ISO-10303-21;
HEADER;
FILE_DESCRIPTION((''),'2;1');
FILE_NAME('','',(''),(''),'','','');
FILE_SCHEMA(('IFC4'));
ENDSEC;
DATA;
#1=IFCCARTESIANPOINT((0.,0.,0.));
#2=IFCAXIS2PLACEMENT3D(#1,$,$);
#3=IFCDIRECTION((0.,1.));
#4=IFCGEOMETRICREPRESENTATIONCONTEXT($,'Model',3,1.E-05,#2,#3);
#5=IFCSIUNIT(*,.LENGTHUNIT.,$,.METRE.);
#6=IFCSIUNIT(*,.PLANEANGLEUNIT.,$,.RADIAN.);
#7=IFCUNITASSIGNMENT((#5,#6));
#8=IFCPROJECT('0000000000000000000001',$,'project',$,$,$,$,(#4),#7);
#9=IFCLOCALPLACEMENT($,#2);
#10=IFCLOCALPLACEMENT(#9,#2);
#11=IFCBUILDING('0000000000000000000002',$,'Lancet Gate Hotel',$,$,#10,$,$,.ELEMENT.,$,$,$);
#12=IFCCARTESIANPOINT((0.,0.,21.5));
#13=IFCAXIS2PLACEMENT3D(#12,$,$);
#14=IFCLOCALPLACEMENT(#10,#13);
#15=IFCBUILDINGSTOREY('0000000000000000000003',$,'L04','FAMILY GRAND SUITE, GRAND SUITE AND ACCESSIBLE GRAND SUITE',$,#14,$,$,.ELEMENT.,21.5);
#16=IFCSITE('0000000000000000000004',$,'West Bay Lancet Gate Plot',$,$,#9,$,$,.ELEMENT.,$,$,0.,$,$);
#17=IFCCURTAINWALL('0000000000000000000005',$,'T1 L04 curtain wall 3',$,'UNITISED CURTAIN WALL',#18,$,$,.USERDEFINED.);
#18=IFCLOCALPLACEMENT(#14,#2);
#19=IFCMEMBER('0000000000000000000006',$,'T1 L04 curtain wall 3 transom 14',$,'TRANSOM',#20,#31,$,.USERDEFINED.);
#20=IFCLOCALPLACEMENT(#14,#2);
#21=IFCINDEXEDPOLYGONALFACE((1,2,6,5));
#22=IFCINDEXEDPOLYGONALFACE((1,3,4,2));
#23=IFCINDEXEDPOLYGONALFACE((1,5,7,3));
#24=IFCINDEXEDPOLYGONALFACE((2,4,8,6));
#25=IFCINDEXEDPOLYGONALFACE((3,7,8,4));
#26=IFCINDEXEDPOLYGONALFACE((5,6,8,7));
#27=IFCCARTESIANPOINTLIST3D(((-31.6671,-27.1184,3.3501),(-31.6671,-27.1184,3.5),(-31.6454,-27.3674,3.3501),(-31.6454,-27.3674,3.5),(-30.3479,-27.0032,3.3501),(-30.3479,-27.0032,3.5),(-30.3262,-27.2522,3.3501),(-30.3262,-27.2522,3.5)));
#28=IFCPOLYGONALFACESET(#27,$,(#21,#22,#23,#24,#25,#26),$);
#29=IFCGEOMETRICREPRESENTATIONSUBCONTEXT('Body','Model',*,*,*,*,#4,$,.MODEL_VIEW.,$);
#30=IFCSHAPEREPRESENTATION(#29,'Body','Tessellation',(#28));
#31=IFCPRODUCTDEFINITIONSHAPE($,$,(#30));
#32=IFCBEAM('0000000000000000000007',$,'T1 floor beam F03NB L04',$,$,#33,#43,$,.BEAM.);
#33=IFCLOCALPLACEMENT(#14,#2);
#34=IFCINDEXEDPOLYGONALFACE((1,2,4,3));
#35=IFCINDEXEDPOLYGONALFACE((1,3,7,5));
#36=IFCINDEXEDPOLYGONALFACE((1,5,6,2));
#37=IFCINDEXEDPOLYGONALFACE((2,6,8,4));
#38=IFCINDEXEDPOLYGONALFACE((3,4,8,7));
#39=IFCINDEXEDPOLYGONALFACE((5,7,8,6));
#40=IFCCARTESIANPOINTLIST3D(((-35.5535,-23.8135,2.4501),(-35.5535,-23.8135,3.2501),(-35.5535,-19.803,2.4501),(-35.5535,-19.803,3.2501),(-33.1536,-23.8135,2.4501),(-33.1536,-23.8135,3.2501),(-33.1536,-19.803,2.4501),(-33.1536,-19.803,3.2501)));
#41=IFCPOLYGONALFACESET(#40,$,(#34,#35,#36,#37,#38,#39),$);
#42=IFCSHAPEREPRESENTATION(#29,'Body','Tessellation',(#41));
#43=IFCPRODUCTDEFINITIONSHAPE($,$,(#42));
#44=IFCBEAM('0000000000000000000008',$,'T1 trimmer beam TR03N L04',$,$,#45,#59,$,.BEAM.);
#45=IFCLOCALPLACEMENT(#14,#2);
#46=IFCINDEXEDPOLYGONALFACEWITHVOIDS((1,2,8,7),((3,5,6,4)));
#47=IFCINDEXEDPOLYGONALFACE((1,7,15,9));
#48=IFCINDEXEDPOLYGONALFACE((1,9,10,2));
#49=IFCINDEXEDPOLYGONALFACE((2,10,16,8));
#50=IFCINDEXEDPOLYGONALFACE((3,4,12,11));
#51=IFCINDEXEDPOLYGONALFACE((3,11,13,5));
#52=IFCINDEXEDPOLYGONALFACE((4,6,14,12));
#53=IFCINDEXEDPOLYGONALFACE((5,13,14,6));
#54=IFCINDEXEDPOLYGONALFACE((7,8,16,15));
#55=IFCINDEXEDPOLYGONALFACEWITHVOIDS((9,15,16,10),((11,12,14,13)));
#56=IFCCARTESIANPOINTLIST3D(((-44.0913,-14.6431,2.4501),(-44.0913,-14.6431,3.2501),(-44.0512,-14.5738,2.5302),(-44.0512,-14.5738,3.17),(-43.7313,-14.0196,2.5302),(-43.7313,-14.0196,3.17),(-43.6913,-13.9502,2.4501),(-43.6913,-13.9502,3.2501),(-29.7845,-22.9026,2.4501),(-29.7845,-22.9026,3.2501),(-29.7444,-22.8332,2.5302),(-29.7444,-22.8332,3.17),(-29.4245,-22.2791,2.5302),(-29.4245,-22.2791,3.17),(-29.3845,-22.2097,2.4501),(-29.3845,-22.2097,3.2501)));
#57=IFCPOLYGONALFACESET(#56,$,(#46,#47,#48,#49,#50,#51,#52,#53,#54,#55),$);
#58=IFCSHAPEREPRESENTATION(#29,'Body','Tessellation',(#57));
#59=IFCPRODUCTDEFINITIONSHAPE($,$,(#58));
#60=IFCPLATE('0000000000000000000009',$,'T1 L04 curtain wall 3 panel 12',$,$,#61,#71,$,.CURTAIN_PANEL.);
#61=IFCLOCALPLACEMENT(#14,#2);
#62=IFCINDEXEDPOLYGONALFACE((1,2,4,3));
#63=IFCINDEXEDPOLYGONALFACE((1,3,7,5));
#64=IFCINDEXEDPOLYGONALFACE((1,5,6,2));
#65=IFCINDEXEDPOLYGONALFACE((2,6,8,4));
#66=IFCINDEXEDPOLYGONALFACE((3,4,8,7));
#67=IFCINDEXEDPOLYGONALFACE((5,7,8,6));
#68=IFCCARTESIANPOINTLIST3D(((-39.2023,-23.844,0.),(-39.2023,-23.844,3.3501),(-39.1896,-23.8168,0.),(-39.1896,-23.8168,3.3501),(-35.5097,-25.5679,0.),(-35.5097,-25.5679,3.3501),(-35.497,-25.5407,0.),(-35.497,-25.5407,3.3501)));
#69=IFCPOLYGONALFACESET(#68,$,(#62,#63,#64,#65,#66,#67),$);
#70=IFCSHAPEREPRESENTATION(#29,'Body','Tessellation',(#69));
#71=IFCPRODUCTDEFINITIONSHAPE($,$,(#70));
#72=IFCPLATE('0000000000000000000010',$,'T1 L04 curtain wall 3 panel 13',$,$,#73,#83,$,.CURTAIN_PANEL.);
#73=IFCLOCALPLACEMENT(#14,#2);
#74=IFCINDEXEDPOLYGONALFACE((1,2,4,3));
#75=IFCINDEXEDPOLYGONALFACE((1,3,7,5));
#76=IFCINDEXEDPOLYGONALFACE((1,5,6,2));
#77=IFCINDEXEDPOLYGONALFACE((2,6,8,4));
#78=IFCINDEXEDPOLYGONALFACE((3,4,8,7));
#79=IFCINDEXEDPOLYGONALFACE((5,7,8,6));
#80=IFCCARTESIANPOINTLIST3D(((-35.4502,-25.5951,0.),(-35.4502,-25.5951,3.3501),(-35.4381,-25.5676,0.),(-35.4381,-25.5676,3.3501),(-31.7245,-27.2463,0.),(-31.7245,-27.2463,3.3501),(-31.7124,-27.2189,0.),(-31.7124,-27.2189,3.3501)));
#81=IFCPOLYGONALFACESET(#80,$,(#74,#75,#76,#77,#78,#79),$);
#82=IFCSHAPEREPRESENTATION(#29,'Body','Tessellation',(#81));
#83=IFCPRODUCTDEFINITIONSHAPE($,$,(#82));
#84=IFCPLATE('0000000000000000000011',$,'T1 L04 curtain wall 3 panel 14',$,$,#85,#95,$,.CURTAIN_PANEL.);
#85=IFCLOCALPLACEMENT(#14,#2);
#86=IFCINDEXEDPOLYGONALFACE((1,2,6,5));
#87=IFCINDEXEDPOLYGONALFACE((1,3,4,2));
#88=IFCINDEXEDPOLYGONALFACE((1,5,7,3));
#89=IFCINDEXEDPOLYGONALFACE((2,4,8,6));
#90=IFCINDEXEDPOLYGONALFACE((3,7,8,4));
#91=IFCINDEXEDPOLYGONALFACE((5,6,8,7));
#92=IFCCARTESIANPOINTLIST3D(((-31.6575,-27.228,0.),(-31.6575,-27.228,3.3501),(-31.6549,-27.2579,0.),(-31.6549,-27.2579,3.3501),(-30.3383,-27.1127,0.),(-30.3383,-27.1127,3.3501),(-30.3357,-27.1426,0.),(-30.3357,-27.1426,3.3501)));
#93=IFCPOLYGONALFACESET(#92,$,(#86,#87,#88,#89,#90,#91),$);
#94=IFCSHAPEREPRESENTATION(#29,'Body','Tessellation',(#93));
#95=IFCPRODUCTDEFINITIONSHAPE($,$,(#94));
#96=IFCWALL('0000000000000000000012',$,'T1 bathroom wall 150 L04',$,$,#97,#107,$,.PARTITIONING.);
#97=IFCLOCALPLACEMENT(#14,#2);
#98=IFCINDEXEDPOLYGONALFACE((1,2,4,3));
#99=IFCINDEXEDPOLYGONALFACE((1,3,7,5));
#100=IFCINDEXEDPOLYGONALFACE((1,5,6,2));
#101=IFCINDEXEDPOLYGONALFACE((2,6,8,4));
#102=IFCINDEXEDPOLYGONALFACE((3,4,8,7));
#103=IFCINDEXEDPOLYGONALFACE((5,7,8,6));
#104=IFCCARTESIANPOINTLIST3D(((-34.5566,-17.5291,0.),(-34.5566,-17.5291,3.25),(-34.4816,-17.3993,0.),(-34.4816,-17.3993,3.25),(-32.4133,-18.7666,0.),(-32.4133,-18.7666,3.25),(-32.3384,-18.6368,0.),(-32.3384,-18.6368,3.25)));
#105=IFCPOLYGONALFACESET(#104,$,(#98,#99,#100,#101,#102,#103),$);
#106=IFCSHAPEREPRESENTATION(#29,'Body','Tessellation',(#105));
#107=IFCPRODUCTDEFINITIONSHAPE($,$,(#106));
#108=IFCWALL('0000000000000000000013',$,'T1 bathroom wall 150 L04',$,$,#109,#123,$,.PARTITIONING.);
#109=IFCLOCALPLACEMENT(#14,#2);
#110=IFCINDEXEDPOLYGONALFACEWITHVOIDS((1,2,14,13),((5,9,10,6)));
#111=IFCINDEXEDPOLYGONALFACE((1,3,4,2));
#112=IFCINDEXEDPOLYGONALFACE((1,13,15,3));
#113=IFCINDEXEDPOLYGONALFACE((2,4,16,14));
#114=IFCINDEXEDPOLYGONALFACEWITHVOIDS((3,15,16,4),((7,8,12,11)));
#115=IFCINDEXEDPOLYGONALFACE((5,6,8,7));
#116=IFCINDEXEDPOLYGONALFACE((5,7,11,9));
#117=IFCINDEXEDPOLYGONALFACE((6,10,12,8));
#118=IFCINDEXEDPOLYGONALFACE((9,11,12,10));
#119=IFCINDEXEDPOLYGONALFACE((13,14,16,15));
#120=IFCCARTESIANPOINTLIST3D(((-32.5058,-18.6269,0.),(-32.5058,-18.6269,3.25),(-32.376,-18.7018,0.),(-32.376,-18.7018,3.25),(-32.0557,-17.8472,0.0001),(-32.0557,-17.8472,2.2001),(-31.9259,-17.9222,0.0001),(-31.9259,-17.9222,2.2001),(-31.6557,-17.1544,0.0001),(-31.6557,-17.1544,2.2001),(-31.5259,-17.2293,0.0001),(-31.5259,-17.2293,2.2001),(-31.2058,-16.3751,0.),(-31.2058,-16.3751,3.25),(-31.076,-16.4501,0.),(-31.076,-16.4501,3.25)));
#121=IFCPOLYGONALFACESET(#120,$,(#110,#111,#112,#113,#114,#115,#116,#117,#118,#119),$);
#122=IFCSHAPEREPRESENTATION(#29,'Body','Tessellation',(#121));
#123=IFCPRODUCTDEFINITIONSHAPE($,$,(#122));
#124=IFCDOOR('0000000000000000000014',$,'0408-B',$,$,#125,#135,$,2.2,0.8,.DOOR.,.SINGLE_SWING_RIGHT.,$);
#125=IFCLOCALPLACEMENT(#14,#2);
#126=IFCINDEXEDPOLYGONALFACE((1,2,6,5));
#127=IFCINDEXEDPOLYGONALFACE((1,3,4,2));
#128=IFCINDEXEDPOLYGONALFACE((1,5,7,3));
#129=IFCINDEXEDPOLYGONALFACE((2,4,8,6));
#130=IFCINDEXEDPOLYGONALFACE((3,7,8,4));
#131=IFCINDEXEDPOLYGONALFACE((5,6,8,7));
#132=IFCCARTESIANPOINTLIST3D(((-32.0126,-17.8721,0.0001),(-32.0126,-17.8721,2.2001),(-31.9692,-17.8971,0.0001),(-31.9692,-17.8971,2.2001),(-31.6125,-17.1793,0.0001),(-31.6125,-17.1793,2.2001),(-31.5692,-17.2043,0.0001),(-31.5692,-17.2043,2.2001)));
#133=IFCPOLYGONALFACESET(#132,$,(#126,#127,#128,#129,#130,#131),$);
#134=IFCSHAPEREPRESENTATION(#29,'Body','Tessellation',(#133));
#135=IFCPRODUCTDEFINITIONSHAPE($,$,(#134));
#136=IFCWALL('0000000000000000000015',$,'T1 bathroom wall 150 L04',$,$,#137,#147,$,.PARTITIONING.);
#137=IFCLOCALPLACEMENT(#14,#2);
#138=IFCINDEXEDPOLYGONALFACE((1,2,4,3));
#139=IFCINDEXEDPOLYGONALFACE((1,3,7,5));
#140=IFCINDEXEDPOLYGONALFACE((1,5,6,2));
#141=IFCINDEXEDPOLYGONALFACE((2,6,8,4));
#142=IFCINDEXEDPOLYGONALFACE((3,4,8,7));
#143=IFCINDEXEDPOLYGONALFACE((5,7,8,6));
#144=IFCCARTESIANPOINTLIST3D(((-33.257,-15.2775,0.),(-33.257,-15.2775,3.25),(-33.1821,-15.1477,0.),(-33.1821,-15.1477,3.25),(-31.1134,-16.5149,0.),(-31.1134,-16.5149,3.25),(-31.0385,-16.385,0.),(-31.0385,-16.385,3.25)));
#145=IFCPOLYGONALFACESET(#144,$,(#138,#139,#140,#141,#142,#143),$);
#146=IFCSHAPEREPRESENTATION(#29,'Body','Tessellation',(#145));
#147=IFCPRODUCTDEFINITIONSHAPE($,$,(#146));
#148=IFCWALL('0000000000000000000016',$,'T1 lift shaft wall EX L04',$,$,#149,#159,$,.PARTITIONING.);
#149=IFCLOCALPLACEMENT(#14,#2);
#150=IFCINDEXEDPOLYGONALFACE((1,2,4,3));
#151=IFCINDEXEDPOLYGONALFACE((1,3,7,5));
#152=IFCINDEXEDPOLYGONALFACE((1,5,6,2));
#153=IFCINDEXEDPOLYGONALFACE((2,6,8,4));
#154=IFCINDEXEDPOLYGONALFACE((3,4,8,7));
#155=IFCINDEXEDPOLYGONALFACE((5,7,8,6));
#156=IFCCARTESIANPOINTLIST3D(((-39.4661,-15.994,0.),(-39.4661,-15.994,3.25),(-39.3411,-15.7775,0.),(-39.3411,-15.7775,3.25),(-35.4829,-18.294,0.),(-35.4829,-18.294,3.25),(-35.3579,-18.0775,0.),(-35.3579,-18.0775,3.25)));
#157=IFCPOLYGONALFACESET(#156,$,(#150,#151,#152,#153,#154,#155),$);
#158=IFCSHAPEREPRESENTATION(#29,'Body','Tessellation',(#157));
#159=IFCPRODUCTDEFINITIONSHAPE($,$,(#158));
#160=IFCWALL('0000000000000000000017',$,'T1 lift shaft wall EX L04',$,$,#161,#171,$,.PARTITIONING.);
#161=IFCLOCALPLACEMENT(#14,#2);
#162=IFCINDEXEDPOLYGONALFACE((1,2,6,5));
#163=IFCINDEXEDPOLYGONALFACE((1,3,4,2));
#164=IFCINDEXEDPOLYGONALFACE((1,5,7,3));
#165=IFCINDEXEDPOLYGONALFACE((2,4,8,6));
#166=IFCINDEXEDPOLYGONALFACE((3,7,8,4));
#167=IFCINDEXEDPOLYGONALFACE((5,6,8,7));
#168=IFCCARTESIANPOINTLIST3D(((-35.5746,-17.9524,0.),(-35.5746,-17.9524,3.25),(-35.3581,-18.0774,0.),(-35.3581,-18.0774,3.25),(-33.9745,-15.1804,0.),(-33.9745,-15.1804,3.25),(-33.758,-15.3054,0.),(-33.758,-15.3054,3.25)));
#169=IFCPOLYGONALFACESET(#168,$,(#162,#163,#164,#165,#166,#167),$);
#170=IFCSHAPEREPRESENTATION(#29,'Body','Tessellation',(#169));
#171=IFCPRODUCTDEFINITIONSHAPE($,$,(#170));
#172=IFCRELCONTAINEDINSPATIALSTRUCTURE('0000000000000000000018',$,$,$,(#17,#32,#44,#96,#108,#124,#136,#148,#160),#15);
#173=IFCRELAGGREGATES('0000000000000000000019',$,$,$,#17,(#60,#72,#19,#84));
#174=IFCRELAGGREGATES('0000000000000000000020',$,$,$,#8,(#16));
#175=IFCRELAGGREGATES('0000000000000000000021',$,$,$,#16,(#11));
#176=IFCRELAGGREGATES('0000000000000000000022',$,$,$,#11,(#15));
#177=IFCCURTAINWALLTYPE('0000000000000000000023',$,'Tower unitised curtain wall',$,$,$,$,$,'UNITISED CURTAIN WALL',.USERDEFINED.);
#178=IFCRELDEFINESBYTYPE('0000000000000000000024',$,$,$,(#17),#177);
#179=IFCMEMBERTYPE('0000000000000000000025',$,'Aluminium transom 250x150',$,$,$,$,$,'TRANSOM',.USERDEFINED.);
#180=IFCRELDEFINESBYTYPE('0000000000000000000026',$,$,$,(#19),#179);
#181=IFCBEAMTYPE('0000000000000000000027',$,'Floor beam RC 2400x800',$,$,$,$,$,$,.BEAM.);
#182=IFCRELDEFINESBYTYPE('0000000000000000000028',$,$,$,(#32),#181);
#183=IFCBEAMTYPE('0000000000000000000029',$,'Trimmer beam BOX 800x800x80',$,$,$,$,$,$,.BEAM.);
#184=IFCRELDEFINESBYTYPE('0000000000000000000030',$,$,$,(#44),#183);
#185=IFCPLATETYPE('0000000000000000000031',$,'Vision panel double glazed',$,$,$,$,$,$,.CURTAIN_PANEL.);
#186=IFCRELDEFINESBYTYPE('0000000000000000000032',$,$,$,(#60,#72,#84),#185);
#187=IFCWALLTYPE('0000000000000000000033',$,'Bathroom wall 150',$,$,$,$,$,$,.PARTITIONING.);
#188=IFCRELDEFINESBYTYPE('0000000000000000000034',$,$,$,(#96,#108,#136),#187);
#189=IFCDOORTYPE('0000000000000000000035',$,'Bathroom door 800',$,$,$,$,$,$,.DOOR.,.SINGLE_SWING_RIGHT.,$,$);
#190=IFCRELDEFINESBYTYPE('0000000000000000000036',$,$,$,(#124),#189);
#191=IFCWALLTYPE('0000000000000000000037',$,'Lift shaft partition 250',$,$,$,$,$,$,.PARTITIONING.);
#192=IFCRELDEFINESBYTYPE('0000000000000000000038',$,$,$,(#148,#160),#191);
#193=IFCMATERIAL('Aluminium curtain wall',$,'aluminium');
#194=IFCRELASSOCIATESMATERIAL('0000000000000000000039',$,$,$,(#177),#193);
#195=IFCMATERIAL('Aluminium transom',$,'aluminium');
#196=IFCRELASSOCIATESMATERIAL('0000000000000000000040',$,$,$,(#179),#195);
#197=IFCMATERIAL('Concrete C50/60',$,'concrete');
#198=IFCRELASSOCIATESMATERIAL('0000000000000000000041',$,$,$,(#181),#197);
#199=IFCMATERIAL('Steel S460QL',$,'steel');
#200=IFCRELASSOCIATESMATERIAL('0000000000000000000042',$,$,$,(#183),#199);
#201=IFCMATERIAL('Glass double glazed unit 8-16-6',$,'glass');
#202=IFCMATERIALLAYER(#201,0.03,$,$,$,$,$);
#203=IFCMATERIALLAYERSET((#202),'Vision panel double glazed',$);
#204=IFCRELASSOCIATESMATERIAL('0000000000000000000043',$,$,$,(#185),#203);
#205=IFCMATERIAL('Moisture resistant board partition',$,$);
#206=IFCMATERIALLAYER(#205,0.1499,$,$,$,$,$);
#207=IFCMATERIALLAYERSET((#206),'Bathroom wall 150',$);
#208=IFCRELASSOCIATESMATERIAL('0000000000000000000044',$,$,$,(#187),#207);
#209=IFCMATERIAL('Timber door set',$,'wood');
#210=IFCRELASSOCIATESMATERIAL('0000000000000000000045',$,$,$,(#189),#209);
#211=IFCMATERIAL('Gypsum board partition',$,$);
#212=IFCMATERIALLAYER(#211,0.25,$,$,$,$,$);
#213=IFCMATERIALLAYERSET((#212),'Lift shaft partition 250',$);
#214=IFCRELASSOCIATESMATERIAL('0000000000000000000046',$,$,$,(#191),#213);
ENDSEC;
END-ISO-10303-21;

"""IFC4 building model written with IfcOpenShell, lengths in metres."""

from ifc_helpers import new_model, si_unit, direction, frame, frame_2d, origin, origin_2d, place, context, subcontext, project, spatial, rectangle, hollow_rectangle, extrude, material, layer, layer_set, material_profile, profile_set, type_object, element, fill, aggregate, save


model = new_model("IFC4")

# Units and contexts
model_context = context("Model", 3, precision=1e-05, world=origin(), true_north=direction((0.0, 1.0)))
body_context = subcontext(model_context, "Body", "Model", "MODEL_VIEW")
ifc_project = project(units=[si_unit("LENGTHUNIT", "METRE"), si_unit("PLANEANGLEUNIT", "RADIAN")], contexts=[model_context])

# Site, building, storey
site_placement = place(None, origin())
site = spatial("IfcSite", under=ifc_project, at=site_placement, Name="West Bay Lancet Gate Plot", CompositionType="ELEMENT", RefElevation=0.0)
building_placement = place(site_placement, origin())
building = spatial("IfcBuilding", under=site, at=building_placement, Name="Lancet Gate Hotel", CompositionType="ELEMENT")
storey_placement = place(building_placement, frame((0.0, 0.0, 21.5)))
storey = spatial("IfcBuildingStorey", under=building, at=storey_placement, Name="L04", Description="FAMILY GRAND SUITE, GRAND SUITE AND ACCESSIBLE GRAND SUITE", CompositionType="ELEMENT", Elevation=21.5)

# Curtain wall, member
ifc_material_1 = material(Name="Aluminium curtain wall", Category="aluminium")
curtain_wall_type = type_object("IfcCurtainWallType", Name="Tower unitised curtain wall", ElementType="UNITISED CURTAIN WALL", PredefinedType="USERDEFINED", material=ifc_material_1)
curtain_wall_placement = place(storey_placement, origin())
curtain_wall = element("IfcCurtainWall", 1, at=curtain_wall_placement, inside=storey, type_object=curtain_wall_type, Name="T1 L04 curtain wall 3", ObjectType="UNITISED CURTAIN WALL", PredefinedType="USERDEFINED")
ifc_material_2 = material(Name="Aluminium transom", Category="aluminium")
ifc_material_profile_1 = material_profile(ifc_material_2, rectangle(XDim=0.25, YDim=0.1499, at=origin_2d()), Name="TRANSOM 250x150")
ifc_profile_set_1 = profile_set([ifc_material_profile_1], Name="Aluminium transom")
member_type_1 = type_object("IfcMemberType", Name="Aluminium transom 250x150", ElementType="TRANSOM", PredefinedType="USERDEFINED", material=ifc_profile_set_1)
member_1_placement = place(storey_placement, frame((-31.6562, -27.2429, 3.425), z_axis=(0.996206, 0.087027, 0.0), x_axis=(-0.087027, 0.996206, 0.0)))
member_1 = element("IfcMember", 2, at=member_1_placement, type_object=member_type_1, Name="T1 L04 curtain wall 3 transom 14", ObjectType="TRANSOM", PredefinedType="USERDEFINED", context=body_context, shape_type="SweptSolid", body=[
    extrude(rectangle(XDim=0.25, YDim=0.1499, at=origin_2d()), origin(), (0.0, 0.0, 1.0), 1.3242),
])

# Beams
ifc_material_3 = material(Name="Concrete C50/60", Category="concrete")
ifc_material_profile_2 = material_profile(ifc_material_3, rectangle(XDim=2.3999, YDim=0.8, at=origin_2d()), Name="RC 2400x800")
ifc_profile_set_2 = profile_set([ifc_material_profile_2], Name="Concrete C50/60")
beam_type_1 = type_object("IfcBeamType", Name="Floor beam RC 2400x800", PredefinedType="BEAM", material=ifc_profile_set_2)
beam_1_placement = place(storey_placement, frame((-34.3535, -19.803, 2.8501), z_axis=(0.0, -1.0, 0.0), x_axis=(1.0, 0.0, 0.0)))
element("IfcBeam", 3, at=beam_1_placement, inside=storey, type_object=beam_type_1, Name="T1 floor beam F03NB L04", PredefinedType="BEAM", context=body_context, shape_type="SweptSolid", body=[
    extrude(rectangle(XDim=2.3999, YDim=0.8, at=origin_2d()), origin(), (0.0, 0.0, 1.0), 4.0105),
])
ifc_material_4 = material(Name="Steel S460QL", Category="steel")
ifc_material_profile_3 = material_profile(ifc_material_4, hollow_rectangle(XDim=0.8, YDim=0.8, WallThickness=0.0801, at=origin_2d()), Name="BOX 800x800x80")
ifc_profile_set_3 = profile_set([ifc_material_profile_3], Name="Steel S460QL")
beam_type_2 = type_object("IfcBeamType", Name="Trimmer beam BOX 800x800x80", PredefinedType="BEAM", material=ifc_profile_set_3)
beam_2_placement = place(storey_placement, frame((-29.5845, -22.5562, 2.8501), z_axis=(-0.86604, 0.499974, 0.0), x_axis=(-0.499974, -0.86604, 0.0)))
element("IfcBeam", 4, at=beam_2_placement, inside=storey, type_object=beam_type_2, Name="T1 trimmer beam TR03N L04", PredefinedType="BEAM", context=body_context, shape_type="SweptSolid", body=[
    extrude(hollow_rectangle(XDim=0.8, YDim=0.8, WallThickness=0.0801, at=origin_2d()), origin(), (0.0, 0.0, 1.0), 16.5198),
])

# Plates
ifc_material_5 = material(Name="Glass double glazed unit 8-16-6", Category="glass")
ifc_layer_1 = layer(ifc_material_5, 0.03)
ifc_layer_set_1 = layer_set([ifc_layer_1], Name="Vision panel double glazed")
plate_type = type_object("IfcPlateType", Name="Vision panel double glazed", PredefinedType="CURTAIN_PANEL", material=ifc_layer_set_1)
plate_1_placement = place(storey_placement, frame((-37.3496, -24.6924, 0.0), z_axis=(0.0, 0.0, 1.0), x_axis=(0.906118, -0.423026, 0.0)))
plate_1 = element("IfcPlate", 5, at=plate_1_placement, type_object=plate_type, Name="T1 L04 curtain wall 3 panel 12", PredefinedType="CURTAIN_PANEL", context=body_context, shape_type="SweptSolid", body=[
    extrude(rectangle(XDim=4.0752, YDim=0.03, at=origin_2d()), origin(), (0.0, 0.0, 1.0), 3.3501),
])
plate_2_placement = place(storey_placement, frame((-33.5813, -26.407, 0.0), z_axis=(0.0, 0.0, 1.0), x_axis=(0.914234, -0.405186, 0.0)))
plate_2 = element("IfcPlate", 6, at=plate_2_placement, type_object=plate_type, Name="T1 L04 curtain wall 3 panel 13", PredefinedType="CURTAIN_PANEL", context=body_context, shape_type="SweptSolid", body=[
    extrude(rectangle(XDim=4.0752, YDim=0.03, at=origin_2d()), origin(), (0.0, 0.0, 1.0), 3.3501),
])
plate_3_placement = place(storey_placement, frame((-30.9966, -27.1853, 0.0), z_axis=(0.0, 0.0, 1.0), x_axis=(0.996204, 0.087052, 0.0)))
plate_3 = element("IfcPlate", 7, at=plate_3_placement, type_object=plate_type, Name="T1 L04 curtain wall 3 panel 14", PredefinedType="CURTAIN_PANEL", context=body_context, shape_type="SweptSolid", body=[
    extrude(rectangle(XDim=1.3242, YDim=0.03, at=origin_2d()), origin(), (0.0, 0.0, 1.0), 3.3501),
])
aggregate(curtain_wall, [plate_1, plate_2, member_1, plate_3])

# Wall
ifc_material_6 = material(Name="Moisture resistant board partition")
ifc_layer_2 = layer(ifc_material_6, 0.1499)
ifc_layer_set_2 = layer_set([ifc_layer_2], Name="Bathroom wall 150")
wall_type_1 = type_object("IfcWallType", Name="Bathroom wall 150", PredefinedType="PARTITIONING", material=ifc_layer_set_2)
wall_1_placement = place(storey_placement, frame((-32.376, -18.7017, 0.0), z_axis=(0.0, 0.0, 1.0), x_axis=(-0.866007, 0.500033, 0.0)))
element("IfcWall", 8, at=wall_1_placement, inside=storey, type_object=wall_type_1, Name="T1 bathroom wall 150 L04", PredefinedType="PARTITIONING", context=body_context, shape_type="SweptSolid", body=[
    extrude(rectangle(XDim=2.4749, YDim=0.1499, at=frame_2d((1.2373, 0.0))), origin(), (0.0, 0.0, 1.0), 3.25),
])

# Wall, opening, door
wall_2_placement = place(storey_placement, frame((-31.1409, -16.4126, 0.0), z_axis=(0.0, 0.0, 1.0), x_axis=(-0.500007, -0.866021, 0.0)))
wall_2 = element("IfcWall", 9, at=wall_2_placement, inside=storey, type_object=wall_type_1, Name="T1 bathroom wall 150 L04", PredefinedType="PARTITIONING", context=body_context, shape_type="SweptSolid", body=[
    extrude(rectangle(XDim=2.6001, YDim=0.1499, at=frame_2d((1.3, 0.0))), origin(), (0.0, 0.0, 1.0), 3.25),
])
opening_placement = place(wall_2_placement, frame((0.8999, 0.0, 0.0)))
opening = element("IfcOpeningElement", 10, at=opening_placement, cuts=wall_2, PredefinedType="OPENING", context=body_context, shape_type="SweptSolid", body=[
    extrude(rectangle(XDim=0.8, YDim=2.2, at=frame_2d((0.3999, 1.1001))), frame((0.0, 0.085, 0.0), z_axis=(0.0, -1.0, 0.0), x_axis=(1.0, 0.0, 0.0)), (0.0, 0.0, 1.0), 0.1699),
])
ifc_material_7 = material(Name="Timber door set", Category="wood")
door_type = type_object("IfcDoorType", Name="Bathroom door 800", OperationType="SINGLE_SWING_RIGHT", PredefinedType="DOOR", material=ifc_material_7)
door_placement = place(opening_placement, origin())
door = element("IfcDoor", 11, at=door_placement, inside=storey, type_object=door_type, Name="0408-B", OperationType="SINGLE_SWING_RIGHT", OverallHeight=2.2, OverallWidth=0.8, PredefinedType="DOOR", context=body_context, shape_type="SweptSolid", body=[
    extrude(rectangle(XDim=0.8, YDim=2.2, at=frame_2d((0.3999, 1.1001))), frame((0.0, 0.0249, 0.0), z_axis=(0.0, -1.0, 0.0), x_axis=(1.0, 0.0, 0.0)), (0.0, 0.0, 1.0), 0.05),
])
fill(opening, door)

# Walls
wall_3_placement = place(storey_placement, frame((-31.0759, -16.45, 0.0), z_axis=(0.0, 0.0, 1.0), x_axis=(-0.866074, 0.499916, 0.0)))
element("IfcWall", 12, at=wall_3_placement, inside=storey, type_object=wall_type_1, Name="T1 bathroom wall 150 L04", PredefinedType="PARTITIONING", context=body_context, shape_type="SweptSolid", body=[
    extrude(rectangle(XDim=2.4751, YDim=0.1499, at=frame_2d((1.2375, 0.0))), origin(), (0.0, 0.0, 1.0), 3.25),
])
ifc_material_8 = material(Name="Gypsum board partition")
ifc_layer_3 = layer(ifc_material_8, 0.25)
ifc_layer_set_3 = layer_set([ifc_layer_3], Name="Lift shaft partition 250")
wall_type_2 = type_object("IfcWallType", Name="Lift shaft partition 250", PredefinedType="PARTITIONING", material=ifc_layer_set_3)
wall_4_placement = place(storey_placement, frame((-35.4204, -18.1858, 0.0), z_axis=(0.0, 0.0, 1.0), x_axis=(-0.86599, 0.500061, 0.0)))
element("IfcWall", 13, at=wall_4_placement, inside=storey, type_object=wall_type_2, Name="T1 lift shaft wall EX L04", PredefinedType="PARTITIONING", context=body_context, shape_type="SweptSolid", body=[
    extrude(rectangle(XDim=4.5996, YDim=0.25, at=frame_2d((2.2998, 0.0))), origin(), (0.0, 0.0, 1.0), 3.25),
])
wall_5_placement = place(storey_placement, frame((-33.8662, -15.2429, 0.0), z_axis=(0.0, 0.0, 1.0), x_axis=(-0.499929, -0.866066, 0.0)))
element("IfcWall", 14, at=wall_5_placement, inside=storey, type_object=wall_type_2, Name="T1 lift shaft wall EX L04", PredefinedType="PARTITIONING", context=body_context, shape_type="SweptSolid", body=[
    extrude(rectangle(XDim=3.2007, YDim=0.25, at=frame_2d((1.6003, 0.0))), origin(), (0.0, 0.0, 1.0), 3.25),
])

save(model, "model.ifc")
